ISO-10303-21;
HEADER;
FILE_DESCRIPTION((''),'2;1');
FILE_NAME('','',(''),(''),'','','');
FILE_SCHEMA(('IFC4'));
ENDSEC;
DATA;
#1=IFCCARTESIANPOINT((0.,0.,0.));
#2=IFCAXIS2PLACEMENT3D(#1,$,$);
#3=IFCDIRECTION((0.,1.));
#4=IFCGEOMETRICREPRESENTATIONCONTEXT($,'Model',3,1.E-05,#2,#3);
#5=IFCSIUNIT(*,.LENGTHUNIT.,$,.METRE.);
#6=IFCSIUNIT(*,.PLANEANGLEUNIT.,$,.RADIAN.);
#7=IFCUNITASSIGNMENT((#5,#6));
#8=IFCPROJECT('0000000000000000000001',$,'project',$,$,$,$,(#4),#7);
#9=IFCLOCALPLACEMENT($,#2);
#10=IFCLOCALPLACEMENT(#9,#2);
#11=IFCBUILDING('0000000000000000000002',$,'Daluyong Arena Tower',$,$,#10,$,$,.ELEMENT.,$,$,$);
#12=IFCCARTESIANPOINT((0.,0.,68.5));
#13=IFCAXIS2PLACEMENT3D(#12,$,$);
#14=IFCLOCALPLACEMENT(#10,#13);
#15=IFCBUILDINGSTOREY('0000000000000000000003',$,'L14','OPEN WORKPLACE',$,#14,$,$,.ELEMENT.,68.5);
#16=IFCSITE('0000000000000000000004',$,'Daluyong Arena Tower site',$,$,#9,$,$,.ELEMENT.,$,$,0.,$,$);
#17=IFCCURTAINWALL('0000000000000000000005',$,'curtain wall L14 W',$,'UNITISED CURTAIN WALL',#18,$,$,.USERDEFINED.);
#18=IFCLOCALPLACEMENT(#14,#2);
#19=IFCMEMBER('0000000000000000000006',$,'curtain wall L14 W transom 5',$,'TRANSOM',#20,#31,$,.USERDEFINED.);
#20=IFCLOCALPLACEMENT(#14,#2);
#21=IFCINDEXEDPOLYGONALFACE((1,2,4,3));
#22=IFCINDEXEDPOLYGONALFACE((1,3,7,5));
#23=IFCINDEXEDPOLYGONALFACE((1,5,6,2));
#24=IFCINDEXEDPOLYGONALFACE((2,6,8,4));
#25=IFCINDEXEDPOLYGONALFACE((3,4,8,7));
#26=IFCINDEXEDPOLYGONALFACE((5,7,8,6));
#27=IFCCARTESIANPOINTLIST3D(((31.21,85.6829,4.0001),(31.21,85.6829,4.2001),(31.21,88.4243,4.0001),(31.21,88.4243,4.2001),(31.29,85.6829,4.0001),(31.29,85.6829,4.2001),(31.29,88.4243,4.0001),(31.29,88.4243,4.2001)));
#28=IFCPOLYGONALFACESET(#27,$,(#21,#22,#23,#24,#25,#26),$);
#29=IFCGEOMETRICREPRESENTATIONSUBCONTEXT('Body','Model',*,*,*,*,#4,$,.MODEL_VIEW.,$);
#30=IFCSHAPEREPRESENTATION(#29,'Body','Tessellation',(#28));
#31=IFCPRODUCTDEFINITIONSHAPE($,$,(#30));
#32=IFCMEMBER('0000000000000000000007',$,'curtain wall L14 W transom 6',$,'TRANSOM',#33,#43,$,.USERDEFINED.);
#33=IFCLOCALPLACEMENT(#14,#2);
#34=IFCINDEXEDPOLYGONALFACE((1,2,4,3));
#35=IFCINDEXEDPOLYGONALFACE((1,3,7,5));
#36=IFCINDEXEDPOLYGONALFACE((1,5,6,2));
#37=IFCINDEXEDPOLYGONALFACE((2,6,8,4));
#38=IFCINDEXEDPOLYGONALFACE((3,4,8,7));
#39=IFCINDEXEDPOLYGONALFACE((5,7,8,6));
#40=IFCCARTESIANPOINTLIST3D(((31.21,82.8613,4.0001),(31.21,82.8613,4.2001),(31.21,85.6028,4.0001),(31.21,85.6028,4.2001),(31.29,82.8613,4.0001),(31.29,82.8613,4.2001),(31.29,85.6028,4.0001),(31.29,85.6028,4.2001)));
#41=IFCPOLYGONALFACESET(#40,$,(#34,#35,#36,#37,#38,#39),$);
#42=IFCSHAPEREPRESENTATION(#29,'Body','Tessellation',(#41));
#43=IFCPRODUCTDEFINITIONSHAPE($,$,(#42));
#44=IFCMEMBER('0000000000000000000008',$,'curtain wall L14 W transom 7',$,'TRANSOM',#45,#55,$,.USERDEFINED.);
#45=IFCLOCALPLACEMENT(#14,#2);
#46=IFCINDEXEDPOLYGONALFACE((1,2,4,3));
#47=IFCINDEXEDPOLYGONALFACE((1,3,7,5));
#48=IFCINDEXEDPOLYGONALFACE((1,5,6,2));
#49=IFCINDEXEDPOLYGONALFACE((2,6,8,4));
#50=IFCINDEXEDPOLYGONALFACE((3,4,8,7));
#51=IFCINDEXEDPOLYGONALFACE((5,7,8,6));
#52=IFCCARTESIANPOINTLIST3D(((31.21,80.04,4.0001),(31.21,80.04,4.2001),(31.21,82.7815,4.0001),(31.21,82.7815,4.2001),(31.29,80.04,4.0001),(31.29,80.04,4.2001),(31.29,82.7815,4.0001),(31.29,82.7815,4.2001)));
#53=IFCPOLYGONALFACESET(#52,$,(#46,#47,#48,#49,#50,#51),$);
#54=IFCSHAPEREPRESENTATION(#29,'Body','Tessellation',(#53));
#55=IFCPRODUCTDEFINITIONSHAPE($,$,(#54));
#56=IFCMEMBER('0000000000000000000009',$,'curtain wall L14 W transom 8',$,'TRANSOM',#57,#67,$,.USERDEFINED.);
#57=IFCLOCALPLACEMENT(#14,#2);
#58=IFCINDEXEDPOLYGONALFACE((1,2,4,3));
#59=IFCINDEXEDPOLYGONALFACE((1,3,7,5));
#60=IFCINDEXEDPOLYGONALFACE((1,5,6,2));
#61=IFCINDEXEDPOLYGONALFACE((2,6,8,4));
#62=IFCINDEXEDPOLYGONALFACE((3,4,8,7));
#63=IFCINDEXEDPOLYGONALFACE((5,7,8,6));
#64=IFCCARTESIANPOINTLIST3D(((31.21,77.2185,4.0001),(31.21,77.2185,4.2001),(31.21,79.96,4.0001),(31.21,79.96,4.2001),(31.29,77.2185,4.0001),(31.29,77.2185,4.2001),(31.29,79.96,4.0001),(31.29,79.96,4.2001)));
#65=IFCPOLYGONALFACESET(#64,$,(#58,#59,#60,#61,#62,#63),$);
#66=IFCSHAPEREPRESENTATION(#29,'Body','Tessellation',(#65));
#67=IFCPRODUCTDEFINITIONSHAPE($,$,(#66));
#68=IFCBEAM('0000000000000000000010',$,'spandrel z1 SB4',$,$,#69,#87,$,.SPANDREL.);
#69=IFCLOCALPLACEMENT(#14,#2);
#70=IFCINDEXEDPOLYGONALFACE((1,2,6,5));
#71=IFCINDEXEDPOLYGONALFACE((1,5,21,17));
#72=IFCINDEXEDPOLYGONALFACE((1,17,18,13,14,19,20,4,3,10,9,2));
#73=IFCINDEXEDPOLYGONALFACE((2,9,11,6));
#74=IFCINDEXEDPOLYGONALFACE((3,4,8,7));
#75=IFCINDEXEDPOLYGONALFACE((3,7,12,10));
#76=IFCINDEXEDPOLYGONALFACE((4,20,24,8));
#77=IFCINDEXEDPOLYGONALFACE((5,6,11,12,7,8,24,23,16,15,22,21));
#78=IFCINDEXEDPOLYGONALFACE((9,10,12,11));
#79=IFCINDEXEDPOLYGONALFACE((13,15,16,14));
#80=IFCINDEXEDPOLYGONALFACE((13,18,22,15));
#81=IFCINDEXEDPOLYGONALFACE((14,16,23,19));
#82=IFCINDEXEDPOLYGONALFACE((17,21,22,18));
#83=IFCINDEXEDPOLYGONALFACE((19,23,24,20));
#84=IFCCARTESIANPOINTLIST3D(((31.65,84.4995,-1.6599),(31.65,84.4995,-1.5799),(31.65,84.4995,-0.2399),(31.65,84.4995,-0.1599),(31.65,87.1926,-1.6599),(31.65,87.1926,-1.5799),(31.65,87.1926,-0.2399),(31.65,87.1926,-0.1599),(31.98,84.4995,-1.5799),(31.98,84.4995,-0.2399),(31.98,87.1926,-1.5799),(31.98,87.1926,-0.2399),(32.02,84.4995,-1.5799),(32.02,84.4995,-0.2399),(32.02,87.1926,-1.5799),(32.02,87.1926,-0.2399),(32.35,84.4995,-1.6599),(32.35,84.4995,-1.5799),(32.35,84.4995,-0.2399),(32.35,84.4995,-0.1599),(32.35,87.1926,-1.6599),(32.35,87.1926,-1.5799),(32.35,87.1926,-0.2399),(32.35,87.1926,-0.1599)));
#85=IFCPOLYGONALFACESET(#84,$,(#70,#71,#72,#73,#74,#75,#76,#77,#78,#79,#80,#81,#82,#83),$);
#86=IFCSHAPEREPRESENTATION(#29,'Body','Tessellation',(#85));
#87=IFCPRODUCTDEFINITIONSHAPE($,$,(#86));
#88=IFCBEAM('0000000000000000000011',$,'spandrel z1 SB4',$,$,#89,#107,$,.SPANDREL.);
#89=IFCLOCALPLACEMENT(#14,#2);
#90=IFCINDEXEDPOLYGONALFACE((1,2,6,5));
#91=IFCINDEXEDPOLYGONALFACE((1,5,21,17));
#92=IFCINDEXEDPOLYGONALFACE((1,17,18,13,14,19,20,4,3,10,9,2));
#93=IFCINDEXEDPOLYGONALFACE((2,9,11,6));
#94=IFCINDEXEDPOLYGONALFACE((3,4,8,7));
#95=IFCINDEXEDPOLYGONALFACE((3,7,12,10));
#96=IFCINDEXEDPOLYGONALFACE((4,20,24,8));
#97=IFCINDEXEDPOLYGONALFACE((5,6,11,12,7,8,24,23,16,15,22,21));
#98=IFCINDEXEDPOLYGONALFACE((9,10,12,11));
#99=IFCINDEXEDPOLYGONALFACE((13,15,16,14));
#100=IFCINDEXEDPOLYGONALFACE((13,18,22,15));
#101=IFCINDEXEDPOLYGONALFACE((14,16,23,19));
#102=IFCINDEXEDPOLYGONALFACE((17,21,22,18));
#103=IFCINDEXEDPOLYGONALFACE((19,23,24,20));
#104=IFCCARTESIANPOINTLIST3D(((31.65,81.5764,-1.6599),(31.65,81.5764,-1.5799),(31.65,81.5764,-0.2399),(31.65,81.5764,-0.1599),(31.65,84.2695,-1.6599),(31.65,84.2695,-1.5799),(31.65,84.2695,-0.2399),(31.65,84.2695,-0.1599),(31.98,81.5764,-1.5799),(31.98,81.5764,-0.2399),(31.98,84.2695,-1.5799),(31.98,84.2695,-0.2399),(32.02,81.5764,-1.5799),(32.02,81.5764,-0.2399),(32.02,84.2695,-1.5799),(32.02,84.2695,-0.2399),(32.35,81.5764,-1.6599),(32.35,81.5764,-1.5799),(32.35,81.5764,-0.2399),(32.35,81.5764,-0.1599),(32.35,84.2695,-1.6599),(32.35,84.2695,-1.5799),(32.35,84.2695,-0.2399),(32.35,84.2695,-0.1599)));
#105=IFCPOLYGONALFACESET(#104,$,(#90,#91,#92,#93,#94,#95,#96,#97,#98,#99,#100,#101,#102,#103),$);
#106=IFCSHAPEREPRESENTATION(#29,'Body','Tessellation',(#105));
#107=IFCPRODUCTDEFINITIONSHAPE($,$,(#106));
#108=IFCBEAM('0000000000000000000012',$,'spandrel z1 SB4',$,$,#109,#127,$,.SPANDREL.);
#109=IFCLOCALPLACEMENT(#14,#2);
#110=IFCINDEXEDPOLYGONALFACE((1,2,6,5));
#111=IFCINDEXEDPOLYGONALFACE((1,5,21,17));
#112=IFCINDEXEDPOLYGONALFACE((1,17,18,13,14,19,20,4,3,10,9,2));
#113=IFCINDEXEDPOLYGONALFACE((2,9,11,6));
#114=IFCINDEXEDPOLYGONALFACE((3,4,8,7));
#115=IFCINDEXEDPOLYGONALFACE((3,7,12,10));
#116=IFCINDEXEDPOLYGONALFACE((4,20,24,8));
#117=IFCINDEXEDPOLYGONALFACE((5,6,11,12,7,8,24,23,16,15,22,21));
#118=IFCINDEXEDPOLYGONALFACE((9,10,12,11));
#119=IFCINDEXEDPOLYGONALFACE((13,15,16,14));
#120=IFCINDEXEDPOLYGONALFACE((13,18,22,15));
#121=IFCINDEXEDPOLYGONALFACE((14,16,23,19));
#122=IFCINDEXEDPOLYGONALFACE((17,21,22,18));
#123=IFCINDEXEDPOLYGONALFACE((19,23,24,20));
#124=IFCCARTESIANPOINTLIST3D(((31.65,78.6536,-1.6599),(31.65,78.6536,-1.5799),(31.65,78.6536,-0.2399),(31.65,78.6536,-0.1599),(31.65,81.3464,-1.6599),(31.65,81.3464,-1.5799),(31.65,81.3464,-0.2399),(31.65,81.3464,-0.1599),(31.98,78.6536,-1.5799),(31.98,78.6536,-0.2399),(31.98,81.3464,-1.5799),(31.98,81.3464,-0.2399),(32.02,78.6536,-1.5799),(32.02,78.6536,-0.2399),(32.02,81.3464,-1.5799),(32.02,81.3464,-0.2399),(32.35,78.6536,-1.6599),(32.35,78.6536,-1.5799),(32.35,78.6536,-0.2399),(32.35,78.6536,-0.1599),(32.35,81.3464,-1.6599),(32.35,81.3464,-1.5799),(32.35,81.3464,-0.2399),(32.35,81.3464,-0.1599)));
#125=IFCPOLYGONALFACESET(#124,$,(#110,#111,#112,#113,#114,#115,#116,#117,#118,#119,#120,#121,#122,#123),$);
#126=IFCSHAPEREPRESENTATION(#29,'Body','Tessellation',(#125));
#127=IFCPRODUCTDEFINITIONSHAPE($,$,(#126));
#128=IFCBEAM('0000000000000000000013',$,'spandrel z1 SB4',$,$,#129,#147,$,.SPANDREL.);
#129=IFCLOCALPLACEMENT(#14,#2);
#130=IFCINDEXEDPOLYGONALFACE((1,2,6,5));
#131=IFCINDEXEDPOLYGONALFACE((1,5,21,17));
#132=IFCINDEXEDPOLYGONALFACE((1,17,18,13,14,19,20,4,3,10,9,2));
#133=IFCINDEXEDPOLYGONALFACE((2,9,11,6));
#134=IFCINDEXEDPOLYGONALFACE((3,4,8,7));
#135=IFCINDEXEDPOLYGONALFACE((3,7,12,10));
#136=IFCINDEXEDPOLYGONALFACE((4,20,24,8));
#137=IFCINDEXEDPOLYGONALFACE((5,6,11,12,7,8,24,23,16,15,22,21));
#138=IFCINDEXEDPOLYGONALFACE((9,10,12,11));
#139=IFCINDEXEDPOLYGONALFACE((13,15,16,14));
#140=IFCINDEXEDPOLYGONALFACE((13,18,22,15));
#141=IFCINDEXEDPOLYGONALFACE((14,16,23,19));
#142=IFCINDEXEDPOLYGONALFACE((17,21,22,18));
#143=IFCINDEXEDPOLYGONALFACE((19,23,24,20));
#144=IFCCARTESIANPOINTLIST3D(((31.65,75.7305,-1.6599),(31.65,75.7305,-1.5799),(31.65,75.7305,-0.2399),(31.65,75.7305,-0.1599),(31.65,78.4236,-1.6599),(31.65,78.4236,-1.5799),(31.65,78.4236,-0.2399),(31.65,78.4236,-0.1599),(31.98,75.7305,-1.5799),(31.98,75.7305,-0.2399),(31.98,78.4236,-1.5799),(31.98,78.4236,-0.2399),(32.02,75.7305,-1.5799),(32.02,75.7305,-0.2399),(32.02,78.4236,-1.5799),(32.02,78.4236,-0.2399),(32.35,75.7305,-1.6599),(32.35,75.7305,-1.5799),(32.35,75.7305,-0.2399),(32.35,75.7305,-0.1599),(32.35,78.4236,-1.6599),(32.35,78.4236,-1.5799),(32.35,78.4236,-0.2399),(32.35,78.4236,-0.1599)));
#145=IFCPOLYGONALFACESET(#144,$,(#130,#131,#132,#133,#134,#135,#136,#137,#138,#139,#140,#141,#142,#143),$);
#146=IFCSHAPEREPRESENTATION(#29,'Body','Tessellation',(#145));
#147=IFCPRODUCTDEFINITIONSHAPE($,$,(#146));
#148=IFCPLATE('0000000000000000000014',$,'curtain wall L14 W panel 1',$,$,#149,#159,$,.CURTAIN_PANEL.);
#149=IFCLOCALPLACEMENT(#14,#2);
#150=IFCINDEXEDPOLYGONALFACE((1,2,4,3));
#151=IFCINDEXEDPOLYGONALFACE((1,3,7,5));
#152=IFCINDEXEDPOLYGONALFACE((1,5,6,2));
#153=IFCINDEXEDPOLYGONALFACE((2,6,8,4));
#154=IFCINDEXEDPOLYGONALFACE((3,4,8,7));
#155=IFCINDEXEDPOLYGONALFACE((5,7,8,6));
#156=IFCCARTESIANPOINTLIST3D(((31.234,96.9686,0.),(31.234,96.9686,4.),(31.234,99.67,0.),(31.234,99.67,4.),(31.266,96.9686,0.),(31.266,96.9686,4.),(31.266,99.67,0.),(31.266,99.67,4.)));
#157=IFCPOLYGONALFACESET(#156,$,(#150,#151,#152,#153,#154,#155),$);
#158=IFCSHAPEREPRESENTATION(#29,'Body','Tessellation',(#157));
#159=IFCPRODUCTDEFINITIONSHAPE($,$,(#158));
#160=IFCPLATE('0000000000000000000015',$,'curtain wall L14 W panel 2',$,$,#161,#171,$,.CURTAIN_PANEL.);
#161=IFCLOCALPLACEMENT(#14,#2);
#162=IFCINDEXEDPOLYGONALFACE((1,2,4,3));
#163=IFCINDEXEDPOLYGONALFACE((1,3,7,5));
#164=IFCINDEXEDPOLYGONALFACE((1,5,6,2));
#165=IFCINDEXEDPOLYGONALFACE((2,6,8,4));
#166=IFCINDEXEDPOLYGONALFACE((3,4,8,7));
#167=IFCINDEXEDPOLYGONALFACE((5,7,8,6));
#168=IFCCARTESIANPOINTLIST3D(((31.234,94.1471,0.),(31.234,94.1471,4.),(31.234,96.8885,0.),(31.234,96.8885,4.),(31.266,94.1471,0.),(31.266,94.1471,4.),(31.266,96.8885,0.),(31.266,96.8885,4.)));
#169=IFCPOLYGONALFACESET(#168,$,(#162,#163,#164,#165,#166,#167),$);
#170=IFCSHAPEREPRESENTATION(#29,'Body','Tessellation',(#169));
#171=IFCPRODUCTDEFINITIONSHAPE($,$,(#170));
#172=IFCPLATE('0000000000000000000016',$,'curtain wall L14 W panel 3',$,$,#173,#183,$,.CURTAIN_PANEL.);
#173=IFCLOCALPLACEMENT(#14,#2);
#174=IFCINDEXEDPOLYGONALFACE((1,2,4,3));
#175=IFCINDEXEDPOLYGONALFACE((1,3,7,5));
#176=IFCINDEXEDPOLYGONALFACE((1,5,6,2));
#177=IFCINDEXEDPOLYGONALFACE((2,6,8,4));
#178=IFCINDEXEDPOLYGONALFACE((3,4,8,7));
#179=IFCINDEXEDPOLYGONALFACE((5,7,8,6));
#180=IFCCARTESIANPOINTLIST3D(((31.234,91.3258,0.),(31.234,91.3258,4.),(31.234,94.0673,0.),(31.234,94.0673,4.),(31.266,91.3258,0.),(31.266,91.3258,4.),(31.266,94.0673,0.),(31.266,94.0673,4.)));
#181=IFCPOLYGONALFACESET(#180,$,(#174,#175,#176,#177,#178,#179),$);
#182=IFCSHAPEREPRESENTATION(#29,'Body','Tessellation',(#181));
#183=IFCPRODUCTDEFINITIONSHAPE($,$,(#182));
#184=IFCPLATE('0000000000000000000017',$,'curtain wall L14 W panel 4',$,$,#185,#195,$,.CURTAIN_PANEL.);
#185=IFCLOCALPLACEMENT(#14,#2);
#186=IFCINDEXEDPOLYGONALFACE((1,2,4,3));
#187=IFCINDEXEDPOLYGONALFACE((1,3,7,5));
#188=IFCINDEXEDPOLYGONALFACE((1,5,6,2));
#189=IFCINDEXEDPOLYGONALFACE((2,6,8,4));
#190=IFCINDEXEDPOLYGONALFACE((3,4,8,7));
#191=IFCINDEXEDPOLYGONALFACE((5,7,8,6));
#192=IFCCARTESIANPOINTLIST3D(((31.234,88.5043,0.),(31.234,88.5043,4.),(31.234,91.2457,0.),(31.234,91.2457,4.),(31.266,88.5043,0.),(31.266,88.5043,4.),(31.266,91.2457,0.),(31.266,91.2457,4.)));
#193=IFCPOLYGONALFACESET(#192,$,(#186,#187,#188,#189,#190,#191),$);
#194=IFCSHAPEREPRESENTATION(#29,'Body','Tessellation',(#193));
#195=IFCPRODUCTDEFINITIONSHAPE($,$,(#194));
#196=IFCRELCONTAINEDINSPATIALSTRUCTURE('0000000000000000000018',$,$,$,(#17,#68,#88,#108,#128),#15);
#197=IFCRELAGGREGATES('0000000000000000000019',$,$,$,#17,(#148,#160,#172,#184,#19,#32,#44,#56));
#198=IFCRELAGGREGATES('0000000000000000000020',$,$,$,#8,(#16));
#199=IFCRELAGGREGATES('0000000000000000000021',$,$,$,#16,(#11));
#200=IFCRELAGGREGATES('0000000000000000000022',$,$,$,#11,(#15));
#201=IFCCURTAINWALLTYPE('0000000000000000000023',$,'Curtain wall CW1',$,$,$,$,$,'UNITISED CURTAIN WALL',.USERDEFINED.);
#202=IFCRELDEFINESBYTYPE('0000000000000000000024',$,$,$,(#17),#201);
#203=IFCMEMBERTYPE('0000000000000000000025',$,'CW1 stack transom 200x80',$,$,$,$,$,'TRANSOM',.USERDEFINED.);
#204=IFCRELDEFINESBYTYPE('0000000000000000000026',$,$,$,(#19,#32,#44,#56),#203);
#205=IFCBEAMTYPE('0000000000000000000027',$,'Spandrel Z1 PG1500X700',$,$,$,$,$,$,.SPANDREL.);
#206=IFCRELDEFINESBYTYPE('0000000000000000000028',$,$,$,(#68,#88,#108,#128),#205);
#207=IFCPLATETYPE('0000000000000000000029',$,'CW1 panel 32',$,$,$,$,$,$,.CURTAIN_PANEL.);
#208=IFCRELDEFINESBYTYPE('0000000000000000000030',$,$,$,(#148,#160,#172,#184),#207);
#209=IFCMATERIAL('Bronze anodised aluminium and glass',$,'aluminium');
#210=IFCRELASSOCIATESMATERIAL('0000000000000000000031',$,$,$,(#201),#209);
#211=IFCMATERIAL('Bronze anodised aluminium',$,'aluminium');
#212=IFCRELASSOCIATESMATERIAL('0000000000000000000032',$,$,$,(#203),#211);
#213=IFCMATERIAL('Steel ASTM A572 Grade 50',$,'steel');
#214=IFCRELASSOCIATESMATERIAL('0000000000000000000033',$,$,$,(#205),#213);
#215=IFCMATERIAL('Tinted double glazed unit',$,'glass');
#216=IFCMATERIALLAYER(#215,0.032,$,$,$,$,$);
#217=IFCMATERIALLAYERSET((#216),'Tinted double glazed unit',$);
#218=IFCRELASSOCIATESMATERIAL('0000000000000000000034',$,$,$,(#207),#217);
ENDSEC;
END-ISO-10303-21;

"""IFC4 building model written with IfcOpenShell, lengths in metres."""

from ifc_helpers import new_model, si_unit, direction, frame, origin, origin_2d, place, context, subcontext, project, spatial, rectangle, i_section, extrude, material, layer, layer_set, material_profile, profile_set, type_object, element, aggregate, save


model = new_model("IFC4")

# Units and contexts
model_context = context("Model", 3, precision=1e-05, world=origin(), true_north=direction((0.0, 1.0)))
body_context = subcontext(model_context, "Body", "Model", "MODEL_VIEW")
ifc_project = project(units=[si_unit("LENGTHUNIT", "METRE"), si_unit("PLANEANGLEUNIT", "RADIAN")], contexts=[model_context])

# Site, building, storey
site_placement = place(None, origin())
site = spatial("IfcSite", under=ifc_project, at=site_placement, Name="Daluyong Arena Tower site", CompositionType="ELEMENT", RefElevation=0.0)
building_placement = place(site_placement, origin())
building = spatial("IfcBuilding", under=site, at=building_placement, Name="Daluyong Arena Tower", CompositionType="ELEMENT")
storey_placement = place(building_placement, frame((0.0, 0.0, 68.5)))
storey = spatial("IfcBuildingStorey", under=building, at=storey_placement, Name="L14", Description="OPEN WORKPLACE", CompositionType="ELEMENT", Elevation=68.5)

# Curtain wall, members
ifc_material_1 = material(Name="Bronze anodised aluminium and glass", Category="aluminium")
curtain_wall_type = type_object("IfcCurtainWallType", Name="Curtain wall CW1", ElementType="UNITISED CURTAIN WALL", PredefinedType="USERDEFINED", material=ifc_material_1)
curtain_wall_placement = place(storey_placement, origin())
curtain_wall = element("IfcCurtainWall", 1, at=curtain_wall_placement, inside=storey, type_object=curtain_wall_type, Name="curtain wall L14 W", ObjectType="UNITISED CURTAIN WALL", PredefinedType="USERDEFINED")
ifc_material_2 = material(Name="Bronze anodised aluminium", Category="aluminium")
ifc_material_profile_1 = material_profile(ifc_material_2, rectangle(XDim=0.0801, YDim=0.2, at=origin_2d()))
ifc_profile_set_1 = profile_set([ifc_material_profile_1], Name="Bronze anodised aluminium")
member_type_1 = type_object("IfcMemberType", Name="CW1 stack transom 200x80", ElementType="TRANSOM", PredefinedType="USERDEFINED", material=ifc_profile_set_1)
member_1_placement = place(storey_placement, frame((31.25, 88.4243, 4.1001), z_axis=(0.0, -1.0, 0.0), x_axis=(1.0, 0.0, 0.0)))
member_1 = element("IfcMember", 2, at=member_1_placement, type_object=member_type_1, Name="curtain wall L14 W transom 5", ObjectType="TRANSOM", PredefinedType="USERDEFINED", context=body_context, shape_type="SweptSolid", body=[
    extrude(rectangle(XDim=0.0801, YDim=0.2, at=origin_2d()), origin(), (0.0, 0.0, 1.0), 2.7415),
])
member_2_placement = place(storey_placement, frame((31.25, 85.6028, 4.1001), z_axis=(0.0, -1.0, 0.0), x_axis=(1.0, 0.0, 0.0)))
member_2 = element("IfcMember", 3, at=member_2_placement, type_object=member_type_1, Name="curtain wall L14 W transom 6", ObjectType="TRANSOM", PredefinedType="USERDEFINED", context=body_context, shape_type="SweptSolid", body=[
    extrude(rectangle(XDim=0.0801, YDim=0.2, at=origin_2d()), origin(), (0.0, 0.0, 1.0), 2.7415),
])
member_3_placement = place(storey_placement, frame((31.25, 82.7815, 4.1001), z_axis=(0.0, -1.0, 0.0), x_axis=(1.0, 0.0, 0.0)))
member_3 = element("IfcMember", 4, at=member_3_placement, type_object=member_type_1, Name="curtain wall L14 W transom 7", ObjectType="TRANSOM", PredefinedType="USERDEFINED", context=body_context, shape_type="SweptSolid", body=[
    extrude(rectangle(XDim=0.0801, YDim=0.2, at=origin_2d()), origin(), (0.0, 0.0, 1.0), 2.7415),
])
member_4_placement = place(storey_placement, frame((31.25, 79.96, 4.1001), z_axis=(0.0, -1.0, 0.0), x_axis=(1.0, 0.0, 0.0)))
member_4 = element("IfcMember", 5, at=member_4_placement, type_object=member_type_1, Name="curtain wall L14 W transom 8", ObjectType="TRANSOM", PredefinedType="USERDEFINED", context=body_context, shape_type="SweptSolid", body=[
    extrude(rectangle(XDim=0.0801, YDim=0.2, at=origin_2d()), origin(), (0.0, 0.0, 1.0), 2.7415),
])

# Beams
ifc_material_3 = material(Name="Steel ASTM A572 Grade 50", Category="steel")
ifc_material_profile_2 = material_profile(ifc_material_3, i_section(OverallWidth=0.7, OverallDepth=1.5, WebThickness=0.04, FlangeThickness=0.08, at=origin_2d()))
ifc_profile_set_2 = profile_set([ifc_material_profile_2], Name="Steel ASTM A572 Grade 50")
beam_type = type_object("IfcBeamType", Name="Spandrel Z1 PG1500X700", PredefinedType="SPANDREL", material=ifc_profile_set_2)
for number, where, z_axis, x_axis, name in (
    (6, (32.0, 87.1926, -0.9099), (0.0, -1.0, 0.0), (1.0, 0.0, 0.0), "spandrel z1 SB4"),
    (7, (32.0, 84.2695, -0.9099), (0.0, -1.0, 0.0), (1.0, 0.0, 0.0), "spandrel z1 SB4"),
):
    element("IfcBeam", number, at=place(storey_placement, frame(where, z_axis=z_axis, x_axis=x_axis)), inside=storey, type_object=beam_type, Name=name, PredefinedType="SPANDREL", context=body_context, shape_type="SweptSolid", body=[
        extrude(i_section(OverallWidth=0.7, OverallDepth=1.5, WebThickness=0.04, FlangeThickness=0.08, at=origin_2d()), origin(), (0.0, 0.0, 1.0), 2.6931),
    ])
beam_1_placement = place(storey_placement, frame((32.0, 81.3464, -0.9099), z_axis=(0.0, -1.0, 0.0), x_axis=(1.0, 0.0, 0.0)))
element("IfcBeam", 8, at=beam_1_placement, inside=storey, type_object=beam_type, Name="spandrel z1 SB4", PredefinedType="SPANDREL", context=body_context, shape_type="SweptSolid", body=[
    extrude(i_section(OverallWidth=0.7, OverallDepth=1.5, WebThickness=0.04, FlangeThickness=0.08, at=origin_2d()), origin(), (0.0, 0.0, 1.0), 2.6929),
])
beam_2_placement = place(storey_placement, frame((32.0, 78.4236, -0.9099), z_axis=(0.0, -1.0, 0.0), x_axis=(1.0, 0.0, 0.0)))
element("IfcBeam", 9, at=beam_2_placement, inside=storey, type_object=beam_type, Name="spandrel z1 SB4", PredefinedType="SPANDREL", context=body_context, shape_type="SweptSolid", body=[
    extrude(i_section(OverallWidth=0.7, OverallDepth=1.5, WebThickness=0.04, FlangeThickness=0.08, at=origin_2d()), origin(), (0.0, 0.0, 1.0), 2.6931),
])

# Plates
ifc_material_4 = material(Name="Tinted double glazed unit", Category="glass")
ifc_layer_1 = layer(ifc_material_4, 0.032)
ifc_layer_set_1 = layer_set([ifc_layer_1], Name="Tinted double glazed unit")
plate_type = type_object("IfcPlateType", Name="CW1 panel 32", PredefinedType="CURTAIN_PANEL", material=ifc_layer_set_1)
plate_1_placement = place(storey_placement, frame((31.25, 98.3193, 0.0), z_axis=(0.0, 0.0, 1.0), x_axis=(0.0, -1.0, 0.0)))
plate_1 = element("IfcPlate", 10, at=plate_1_placement, type_object=plate_type, Name="curtain wall L14 W panel 1", PredefinedType="CURTAIN_PANEL", context=body_context, shape_type="SweptSolid", body=[
    extrude(rectangle(XDim=2.7014, YDim=0.032, at=origin_2d()), origin(), (0.0, 0.0, 1.0), 4.0),
])
plate_2_placement = place(storey_placement, frame((31.25, 95.5178, 0.0), z_axis=(0.0, 0.0, 1.0), x_axis=(0.0, -1.0, 0.0)))
plate_2 = element("IfcPlate", 11, at=plate_2_placement, type_object=plate_type, Name="curtain wall L14 W panel 2", PredefinedType="CURTAIN_PANEL", context=body_context, shape_type="SweptSolid", body=[
    extrude(rectangle(XDim=2.7415, YDim=0.032, at=origin_2d()), origin(), (0.0, 0.0, 1.0), 4.0),
])
plate_3_placement = place(storey_placement, frame((31.25, 92.6965, 0.0), z_axis=(0.0, 0.0, 1.0), x_axis=(0.0, -1.0, 0.0)))
plate_3 = element("IfcPlate", 12, at=plate_3_placement, type_object=plate_type, Name="curtain wall L14 W panel 3", PredefinedType="CURTAIN_PANEL", context=body_context, shape_type="SweptSolid", body=[
    extrude(rectangle(XDim=2.7415, YDim=0.032, at=origin_2d()), origin(), (0.0, 0.0, 1.0), 4.0),
])
plate_4_placement = place(storey_placement, frame((31.25, 89.875, 0.0), z_axis=(0.0, 0.0, 1.0), x_axis=(0.0, -1.0, 0.0)))
plate_4 = element("IfcPlate", 13, at=plate_4_placement, type_object=plate_type, Name="curtain wall L14 W panel 4", PredefinedType="CURTAIN_PANEL", context=body_context, shape_type="SweptSolid", body=[
    extrude(rectangle(XDim=2.7415, YDim=0.032, at=origin_2d()), origin(), (0.0, 0.0, 1.0), 4.0),
])
aggregate(curtain_wall, [plate_1, plate_2, plate_3, plate_4, member_1, member_2, member_3, member_4])

save(model, "model.ifc")
